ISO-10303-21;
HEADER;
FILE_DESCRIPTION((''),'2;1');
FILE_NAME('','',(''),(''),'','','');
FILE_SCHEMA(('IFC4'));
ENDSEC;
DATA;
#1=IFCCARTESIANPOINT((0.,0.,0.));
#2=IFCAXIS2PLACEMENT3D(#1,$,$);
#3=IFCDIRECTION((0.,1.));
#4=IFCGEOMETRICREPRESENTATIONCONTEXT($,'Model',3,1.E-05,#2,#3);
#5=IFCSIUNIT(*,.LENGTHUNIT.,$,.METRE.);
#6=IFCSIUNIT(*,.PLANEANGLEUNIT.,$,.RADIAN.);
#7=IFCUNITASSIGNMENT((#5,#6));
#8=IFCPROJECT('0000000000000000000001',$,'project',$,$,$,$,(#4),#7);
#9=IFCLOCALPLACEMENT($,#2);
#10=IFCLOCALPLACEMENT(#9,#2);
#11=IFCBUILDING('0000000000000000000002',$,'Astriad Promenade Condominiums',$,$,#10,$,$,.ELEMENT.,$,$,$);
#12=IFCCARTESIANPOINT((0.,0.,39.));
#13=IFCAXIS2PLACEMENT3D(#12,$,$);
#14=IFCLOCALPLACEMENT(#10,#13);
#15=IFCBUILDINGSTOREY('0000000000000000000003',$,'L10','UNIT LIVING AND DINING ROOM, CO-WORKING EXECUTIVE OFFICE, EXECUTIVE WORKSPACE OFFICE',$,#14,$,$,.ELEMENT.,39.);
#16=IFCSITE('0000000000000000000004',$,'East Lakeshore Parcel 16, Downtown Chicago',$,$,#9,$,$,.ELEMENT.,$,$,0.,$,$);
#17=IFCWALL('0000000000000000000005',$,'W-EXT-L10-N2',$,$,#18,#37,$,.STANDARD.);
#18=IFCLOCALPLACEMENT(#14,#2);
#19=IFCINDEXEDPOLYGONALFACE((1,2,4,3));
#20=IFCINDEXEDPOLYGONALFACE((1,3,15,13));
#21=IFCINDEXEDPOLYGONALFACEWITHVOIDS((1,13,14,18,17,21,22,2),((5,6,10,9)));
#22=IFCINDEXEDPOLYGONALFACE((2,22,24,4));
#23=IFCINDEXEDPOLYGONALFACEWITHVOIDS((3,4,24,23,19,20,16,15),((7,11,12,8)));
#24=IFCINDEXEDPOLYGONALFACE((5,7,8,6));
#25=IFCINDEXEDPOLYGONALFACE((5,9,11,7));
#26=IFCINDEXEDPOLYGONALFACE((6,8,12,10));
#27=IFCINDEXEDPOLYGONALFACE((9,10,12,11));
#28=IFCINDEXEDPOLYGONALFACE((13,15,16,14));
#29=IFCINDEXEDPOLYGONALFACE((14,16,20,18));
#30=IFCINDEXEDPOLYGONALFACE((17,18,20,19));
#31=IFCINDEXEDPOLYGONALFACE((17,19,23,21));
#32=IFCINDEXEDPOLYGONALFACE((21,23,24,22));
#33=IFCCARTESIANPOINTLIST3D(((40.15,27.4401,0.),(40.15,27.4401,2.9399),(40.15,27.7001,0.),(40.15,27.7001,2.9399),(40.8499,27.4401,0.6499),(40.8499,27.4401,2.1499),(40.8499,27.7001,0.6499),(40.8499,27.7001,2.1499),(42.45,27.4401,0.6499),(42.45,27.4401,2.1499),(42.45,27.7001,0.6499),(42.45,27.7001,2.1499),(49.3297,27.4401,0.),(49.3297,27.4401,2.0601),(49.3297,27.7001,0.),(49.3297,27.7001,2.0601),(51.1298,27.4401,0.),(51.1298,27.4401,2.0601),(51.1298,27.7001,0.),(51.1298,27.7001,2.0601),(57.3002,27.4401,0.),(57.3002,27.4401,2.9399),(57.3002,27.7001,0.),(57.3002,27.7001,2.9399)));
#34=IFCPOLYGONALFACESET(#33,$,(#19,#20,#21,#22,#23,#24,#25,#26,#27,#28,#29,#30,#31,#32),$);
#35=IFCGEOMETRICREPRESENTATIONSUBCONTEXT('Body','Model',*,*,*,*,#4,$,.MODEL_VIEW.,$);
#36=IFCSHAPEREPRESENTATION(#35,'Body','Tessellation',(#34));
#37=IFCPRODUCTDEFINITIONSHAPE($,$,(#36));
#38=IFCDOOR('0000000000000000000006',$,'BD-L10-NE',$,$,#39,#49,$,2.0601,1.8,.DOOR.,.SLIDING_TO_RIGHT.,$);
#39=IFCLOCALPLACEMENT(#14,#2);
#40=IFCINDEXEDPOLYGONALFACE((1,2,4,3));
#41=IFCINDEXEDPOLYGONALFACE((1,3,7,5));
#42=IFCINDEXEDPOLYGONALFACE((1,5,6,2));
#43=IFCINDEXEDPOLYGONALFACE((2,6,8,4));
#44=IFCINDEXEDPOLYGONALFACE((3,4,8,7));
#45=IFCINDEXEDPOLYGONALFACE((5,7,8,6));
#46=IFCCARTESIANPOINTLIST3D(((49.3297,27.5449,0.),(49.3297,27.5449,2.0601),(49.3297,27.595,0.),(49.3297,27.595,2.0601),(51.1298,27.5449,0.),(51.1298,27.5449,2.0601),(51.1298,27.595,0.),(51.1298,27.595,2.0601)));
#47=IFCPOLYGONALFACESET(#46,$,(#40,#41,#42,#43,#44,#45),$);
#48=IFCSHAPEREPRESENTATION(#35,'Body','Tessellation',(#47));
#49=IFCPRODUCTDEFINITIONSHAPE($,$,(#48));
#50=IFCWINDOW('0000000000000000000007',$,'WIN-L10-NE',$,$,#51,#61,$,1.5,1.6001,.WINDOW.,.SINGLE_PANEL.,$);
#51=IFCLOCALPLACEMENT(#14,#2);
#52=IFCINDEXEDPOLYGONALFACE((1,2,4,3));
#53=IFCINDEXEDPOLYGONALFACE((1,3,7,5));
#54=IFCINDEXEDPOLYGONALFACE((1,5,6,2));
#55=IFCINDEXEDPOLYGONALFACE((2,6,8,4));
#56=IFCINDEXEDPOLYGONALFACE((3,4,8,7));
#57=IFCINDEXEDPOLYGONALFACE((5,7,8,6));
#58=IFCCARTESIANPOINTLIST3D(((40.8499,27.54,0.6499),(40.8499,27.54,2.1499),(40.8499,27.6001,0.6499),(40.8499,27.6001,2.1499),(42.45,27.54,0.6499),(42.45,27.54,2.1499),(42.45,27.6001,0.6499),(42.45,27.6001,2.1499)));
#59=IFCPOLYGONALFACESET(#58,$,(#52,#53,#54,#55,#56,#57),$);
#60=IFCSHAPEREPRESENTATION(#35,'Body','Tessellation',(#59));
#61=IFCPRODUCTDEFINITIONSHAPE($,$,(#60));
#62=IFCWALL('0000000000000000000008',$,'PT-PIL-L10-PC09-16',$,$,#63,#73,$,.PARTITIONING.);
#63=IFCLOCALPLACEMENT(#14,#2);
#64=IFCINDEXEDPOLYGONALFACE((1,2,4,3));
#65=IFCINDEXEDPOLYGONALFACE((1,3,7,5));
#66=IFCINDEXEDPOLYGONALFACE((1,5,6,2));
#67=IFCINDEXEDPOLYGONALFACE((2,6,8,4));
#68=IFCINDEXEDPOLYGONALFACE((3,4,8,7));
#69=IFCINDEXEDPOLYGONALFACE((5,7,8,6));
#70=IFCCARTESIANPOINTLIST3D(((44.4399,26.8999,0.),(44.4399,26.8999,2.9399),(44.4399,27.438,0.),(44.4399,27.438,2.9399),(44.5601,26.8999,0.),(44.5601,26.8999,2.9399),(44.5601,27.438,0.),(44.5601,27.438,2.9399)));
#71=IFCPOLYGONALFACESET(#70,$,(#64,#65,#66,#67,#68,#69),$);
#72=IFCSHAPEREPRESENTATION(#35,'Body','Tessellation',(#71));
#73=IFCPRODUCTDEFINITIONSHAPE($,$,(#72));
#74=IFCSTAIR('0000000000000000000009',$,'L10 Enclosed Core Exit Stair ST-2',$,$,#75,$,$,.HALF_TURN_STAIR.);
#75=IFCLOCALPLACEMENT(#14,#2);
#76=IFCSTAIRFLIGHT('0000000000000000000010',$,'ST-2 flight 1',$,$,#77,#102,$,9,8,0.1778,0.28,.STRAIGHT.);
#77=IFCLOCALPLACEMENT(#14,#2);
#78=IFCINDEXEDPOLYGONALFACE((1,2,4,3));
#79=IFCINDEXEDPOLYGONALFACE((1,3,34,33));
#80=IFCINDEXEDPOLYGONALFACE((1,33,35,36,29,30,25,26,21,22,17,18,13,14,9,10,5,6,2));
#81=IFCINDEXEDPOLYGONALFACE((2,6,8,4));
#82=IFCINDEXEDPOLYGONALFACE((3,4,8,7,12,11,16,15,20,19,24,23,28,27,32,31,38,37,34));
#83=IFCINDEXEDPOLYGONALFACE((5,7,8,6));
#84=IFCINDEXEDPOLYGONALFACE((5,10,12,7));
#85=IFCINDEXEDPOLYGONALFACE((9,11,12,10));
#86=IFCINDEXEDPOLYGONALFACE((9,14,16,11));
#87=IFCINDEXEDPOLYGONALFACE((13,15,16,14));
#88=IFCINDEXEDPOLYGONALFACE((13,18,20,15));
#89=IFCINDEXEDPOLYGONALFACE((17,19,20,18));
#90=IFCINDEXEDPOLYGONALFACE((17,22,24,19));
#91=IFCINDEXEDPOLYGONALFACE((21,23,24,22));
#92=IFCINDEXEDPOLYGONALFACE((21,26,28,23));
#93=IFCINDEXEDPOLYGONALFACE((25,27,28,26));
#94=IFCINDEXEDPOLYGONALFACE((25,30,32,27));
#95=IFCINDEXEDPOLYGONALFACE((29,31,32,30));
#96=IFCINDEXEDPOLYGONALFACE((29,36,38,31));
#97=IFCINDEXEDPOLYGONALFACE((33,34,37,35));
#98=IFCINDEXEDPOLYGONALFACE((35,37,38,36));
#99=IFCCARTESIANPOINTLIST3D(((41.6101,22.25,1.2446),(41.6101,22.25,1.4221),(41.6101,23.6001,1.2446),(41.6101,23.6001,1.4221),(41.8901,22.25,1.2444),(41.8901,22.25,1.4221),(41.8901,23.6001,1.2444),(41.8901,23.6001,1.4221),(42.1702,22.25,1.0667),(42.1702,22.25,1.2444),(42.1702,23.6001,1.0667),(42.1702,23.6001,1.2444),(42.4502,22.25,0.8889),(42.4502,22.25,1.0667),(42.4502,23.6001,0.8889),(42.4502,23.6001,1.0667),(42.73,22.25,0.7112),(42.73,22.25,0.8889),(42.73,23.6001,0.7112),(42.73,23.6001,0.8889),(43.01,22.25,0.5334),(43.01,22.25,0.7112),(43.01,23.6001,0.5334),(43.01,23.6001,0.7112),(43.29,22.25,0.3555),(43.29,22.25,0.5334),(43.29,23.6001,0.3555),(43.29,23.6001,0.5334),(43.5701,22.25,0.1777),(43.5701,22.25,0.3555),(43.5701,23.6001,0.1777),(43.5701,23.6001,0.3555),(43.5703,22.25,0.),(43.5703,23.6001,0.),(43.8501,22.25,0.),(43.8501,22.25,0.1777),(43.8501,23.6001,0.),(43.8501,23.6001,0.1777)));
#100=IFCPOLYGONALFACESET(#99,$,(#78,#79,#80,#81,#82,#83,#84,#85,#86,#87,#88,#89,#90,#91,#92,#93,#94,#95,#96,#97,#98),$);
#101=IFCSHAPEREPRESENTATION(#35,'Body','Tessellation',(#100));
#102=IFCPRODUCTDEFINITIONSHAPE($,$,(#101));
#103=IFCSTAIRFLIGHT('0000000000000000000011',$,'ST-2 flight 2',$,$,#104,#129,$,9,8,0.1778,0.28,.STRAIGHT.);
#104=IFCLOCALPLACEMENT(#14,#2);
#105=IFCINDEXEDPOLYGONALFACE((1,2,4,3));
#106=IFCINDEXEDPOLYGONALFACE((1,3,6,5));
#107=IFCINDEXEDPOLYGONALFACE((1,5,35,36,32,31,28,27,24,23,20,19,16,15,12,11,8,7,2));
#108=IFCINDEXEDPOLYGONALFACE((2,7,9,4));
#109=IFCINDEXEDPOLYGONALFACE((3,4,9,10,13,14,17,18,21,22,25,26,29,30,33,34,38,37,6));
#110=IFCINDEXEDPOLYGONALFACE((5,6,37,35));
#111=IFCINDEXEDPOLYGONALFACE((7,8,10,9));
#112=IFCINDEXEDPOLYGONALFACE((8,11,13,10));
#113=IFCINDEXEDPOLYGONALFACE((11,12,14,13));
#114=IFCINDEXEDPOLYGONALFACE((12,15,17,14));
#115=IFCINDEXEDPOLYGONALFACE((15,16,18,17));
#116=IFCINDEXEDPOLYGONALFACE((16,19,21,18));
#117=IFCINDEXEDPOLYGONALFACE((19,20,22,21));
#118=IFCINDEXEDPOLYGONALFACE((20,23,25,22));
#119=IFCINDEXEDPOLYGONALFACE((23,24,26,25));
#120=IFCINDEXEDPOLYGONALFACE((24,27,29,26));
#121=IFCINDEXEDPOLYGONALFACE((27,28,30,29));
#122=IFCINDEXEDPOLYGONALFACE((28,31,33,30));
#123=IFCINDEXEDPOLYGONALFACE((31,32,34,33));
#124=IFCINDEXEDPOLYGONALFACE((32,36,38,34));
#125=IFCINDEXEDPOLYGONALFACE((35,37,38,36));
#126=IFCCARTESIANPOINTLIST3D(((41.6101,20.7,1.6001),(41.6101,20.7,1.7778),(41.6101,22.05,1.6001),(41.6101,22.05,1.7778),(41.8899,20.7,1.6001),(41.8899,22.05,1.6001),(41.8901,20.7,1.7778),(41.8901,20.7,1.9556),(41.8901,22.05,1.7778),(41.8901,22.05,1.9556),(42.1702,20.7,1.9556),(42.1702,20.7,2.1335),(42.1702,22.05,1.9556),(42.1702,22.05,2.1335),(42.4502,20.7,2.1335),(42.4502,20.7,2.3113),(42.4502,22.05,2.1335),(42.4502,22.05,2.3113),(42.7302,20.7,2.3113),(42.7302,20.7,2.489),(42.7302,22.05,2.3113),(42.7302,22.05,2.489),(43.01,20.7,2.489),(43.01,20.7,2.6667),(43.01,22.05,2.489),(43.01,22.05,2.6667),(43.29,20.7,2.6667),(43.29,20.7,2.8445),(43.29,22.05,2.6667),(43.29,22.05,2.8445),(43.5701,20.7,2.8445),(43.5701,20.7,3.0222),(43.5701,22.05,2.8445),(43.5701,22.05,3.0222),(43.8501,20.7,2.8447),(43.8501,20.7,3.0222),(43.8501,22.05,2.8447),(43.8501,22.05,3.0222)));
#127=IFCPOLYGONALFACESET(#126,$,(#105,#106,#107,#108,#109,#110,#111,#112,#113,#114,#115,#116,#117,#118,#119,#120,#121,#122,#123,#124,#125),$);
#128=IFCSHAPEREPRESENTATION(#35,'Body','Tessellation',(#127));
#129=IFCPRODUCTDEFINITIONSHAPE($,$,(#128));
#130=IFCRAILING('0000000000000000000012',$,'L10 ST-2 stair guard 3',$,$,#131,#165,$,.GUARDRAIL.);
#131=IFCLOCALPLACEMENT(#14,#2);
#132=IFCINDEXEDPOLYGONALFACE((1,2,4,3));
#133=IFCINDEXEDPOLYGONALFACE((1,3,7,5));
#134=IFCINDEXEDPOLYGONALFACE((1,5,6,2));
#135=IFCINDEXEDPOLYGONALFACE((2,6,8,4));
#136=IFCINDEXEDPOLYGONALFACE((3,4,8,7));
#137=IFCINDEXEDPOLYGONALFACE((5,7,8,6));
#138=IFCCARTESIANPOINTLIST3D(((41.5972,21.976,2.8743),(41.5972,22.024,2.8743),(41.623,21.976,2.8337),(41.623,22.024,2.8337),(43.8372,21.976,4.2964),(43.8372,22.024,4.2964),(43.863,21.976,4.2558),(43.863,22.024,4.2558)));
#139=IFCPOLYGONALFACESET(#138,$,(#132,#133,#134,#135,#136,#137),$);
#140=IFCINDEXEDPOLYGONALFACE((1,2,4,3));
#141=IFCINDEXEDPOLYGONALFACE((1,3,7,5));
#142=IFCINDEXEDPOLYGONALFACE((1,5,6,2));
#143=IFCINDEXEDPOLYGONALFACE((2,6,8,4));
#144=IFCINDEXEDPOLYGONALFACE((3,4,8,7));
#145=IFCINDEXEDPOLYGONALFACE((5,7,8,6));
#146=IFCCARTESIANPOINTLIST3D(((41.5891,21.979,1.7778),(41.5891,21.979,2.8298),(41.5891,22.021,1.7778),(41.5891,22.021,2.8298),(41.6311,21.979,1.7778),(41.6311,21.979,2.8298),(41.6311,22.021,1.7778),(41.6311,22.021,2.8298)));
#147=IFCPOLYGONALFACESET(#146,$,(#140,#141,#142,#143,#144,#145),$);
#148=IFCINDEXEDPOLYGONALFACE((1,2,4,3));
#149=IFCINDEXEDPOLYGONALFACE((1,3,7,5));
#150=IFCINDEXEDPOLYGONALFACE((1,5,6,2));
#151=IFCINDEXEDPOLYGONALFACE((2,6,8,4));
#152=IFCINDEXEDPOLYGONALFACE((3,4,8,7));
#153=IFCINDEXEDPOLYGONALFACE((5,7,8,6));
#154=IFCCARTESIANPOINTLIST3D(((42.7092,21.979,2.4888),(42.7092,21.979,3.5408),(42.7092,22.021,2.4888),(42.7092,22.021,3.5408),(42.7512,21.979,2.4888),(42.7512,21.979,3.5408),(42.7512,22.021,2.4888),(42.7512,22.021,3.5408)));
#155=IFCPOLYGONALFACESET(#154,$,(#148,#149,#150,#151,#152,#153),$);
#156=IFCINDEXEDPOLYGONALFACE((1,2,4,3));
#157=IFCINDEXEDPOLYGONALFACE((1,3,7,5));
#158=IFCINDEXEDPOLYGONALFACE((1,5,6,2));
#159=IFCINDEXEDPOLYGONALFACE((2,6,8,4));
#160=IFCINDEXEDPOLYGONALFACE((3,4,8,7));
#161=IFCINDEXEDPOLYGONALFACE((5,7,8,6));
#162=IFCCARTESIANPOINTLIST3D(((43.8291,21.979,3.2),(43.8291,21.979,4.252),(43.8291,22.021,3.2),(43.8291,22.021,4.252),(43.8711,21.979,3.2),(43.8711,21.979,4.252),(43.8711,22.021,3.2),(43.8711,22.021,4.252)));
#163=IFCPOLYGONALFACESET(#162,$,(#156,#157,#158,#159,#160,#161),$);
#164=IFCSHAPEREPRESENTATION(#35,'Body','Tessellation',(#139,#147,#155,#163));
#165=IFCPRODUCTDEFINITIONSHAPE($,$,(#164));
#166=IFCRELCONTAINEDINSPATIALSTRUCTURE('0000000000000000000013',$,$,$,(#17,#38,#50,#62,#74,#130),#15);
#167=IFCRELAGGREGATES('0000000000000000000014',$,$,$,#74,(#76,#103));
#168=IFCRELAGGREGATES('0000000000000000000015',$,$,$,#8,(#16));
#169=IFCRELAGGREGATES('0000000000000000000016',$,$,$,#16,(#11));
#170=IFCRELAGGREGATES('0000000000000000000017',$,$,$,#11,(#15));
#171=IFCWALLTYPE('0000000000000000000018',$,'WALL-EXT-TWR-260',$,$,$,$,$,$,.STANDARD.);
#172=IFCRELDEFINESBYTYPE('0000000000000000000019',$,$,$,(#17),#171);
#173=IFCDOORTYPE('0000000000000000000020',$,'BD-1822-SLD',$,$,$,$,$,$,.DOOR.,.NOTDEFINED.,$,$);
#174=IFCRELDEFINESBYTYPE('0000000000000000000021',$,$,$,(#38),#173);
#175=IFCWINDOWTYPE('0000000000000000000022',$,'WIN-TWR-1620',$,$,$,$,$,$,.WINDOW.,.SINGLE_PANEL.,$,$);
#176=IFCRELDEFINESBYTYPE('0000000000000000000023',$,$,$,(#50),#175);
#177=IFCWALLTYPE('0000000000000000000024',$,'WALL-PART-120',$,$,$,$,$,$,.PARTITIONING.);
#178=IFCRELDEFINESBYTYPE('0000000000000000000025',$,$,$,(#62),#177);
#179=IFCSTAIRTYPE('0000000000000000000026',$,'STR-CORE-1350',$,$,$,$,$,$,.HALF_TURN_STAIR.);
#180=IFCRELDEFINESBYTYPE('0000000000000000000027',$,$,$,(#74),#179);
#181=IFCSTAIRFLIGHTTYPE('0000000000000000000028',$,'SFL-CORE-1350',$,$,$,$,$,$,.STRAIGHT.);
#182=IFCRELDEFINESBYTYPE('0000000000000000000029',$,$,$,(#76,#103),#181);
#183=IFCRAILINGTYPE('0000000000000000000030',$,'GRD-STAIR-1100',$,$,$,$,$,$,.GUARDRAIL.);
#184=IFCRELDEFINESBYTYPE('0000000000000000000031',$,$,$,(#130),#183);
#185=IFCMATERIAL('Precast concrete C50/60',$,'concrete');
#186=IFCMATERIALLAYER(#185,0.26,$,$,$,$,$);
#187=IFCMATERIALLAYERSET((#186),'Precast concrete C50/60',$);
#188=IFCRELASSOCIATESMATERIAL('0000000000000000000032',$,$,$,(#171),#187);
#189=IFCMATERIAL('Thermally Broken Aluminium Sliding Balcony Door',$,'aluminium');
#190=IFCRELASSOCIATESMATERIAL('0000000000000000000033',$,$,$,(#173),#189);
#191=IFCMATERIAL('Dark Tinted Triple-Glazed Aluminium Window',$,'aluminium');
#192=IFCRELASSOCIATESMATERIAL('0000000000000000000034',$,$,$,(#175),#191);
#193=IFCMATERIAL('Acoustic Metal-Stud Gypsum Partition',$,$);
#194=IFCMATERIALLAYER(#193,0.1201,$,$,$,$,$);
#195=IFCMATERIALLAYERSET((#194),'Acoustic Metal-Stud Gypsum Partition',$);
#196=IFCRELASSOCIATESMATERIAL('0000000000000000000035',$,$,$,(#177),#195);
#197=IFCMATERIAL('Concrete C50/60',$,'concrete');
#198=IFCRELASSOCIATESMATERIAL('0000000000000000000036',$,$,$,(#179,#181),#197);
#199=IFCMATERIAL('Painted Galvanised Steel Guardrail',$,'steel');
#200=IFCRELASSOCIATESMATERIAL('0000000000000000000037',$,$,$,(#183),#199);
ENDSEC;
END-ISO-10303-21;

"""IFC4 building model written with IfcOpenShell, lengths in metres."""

from ifc_helpers import new_model, si_unit, direction, frame, frame_2d, origin, origin_2d, place, context, subcontext, project, spatial, polyline, rectangle, outline, extrude, source, transform, mapped, material, layer, layer_set, type_object, type_shapes, element, fill, aggregate, save


model = new_model("IFC4")

# Units and contexts
model_context = context("Model", 3, precision=1e-05, world=origin(), true_north=direction((0.0, 1.0)))
body_context = subcontext(model_context, "Body", "Model", "MODEL_VIEW")
ifc_project = project(units=[si_unit("LENGTHUNIT", "METRE"), si_unit("PLANEANGLEUNIT", "RADIAN")], contexts=[model_context])

# Site, building, storey
site_placement = place(None, origin())
site = spatial("IfcSite", under=ifc_project, at=site_placement, Name="East Lakeshore Parcel 16, Downtown Chicago", CompositionType="ELEMENT", RefElevation=0.0)
building_placement = place(site_placement, origin())
building = spatial("IfcBuilding", under=site, at=building_placement, Name="Astriad Promenade Condominiums", CompositionType="ELEMENT")
storey_placement = place(building_placement, frame((0.0, 0.0, 39.0)))
storey = spatial("IfcBuildingStorey", under=building, at=storey_placement, Name="L10", Description="UNIT LIVING AND DINING ROOM, CO-WORKING EXECUTIVE OFFICE, EXECUTIVE WORKSPACE OFFICE", CompositionType="ELEMENT", Elevation=39.0)

# Shared definitions
ifc_material_1 = material(Name="Concrete C50/60", Category="concrete")

# Wall, openings, door, window
ifc_material_2 = material(Name="Precast concrete C50/60", Category="concrete")
ifc_layer_1 = layer(ifc_material_2, 0.26)
ifc_layer_set_1 = layer_set([ifc_layer_1], Name="Precast concrete C50/60")
wall_type_1 = type_object("IfcWallType", Name="WALL-EXT-TWR-260", PredefinedType="STANDARD", material=ifc_layer_set_1)
wall_1_placement = place(storey_placement, frame((40.1499, 27.5701, 0.0), z_axis=(0.0, 0.0, 1.0), x_axis=(1.0, 0.0, 0.0)))
wall_1 = element("IfcWall", 1, at=wall_1_placement, inside=storey, type_object=wall_type_1, Name="W-EXT-L10-N2", PredefinedType="STANDARD", context=body_context, shape_type="SweptSolid", body=[
    extrude(rectangle(XDim=17.1501, YDim=0.26, at=frame_2d((8.5752, 0.0))), origin(), (0.0, 0.0, 1.0), 2.9399),
])
opening_1_placement = place(wall_1_placement, frame((9.1799, 0.0, 0.0)))
opening_1 = element("IfcOpeningElement", 2, at=opening_1_placement, cuts=wall_1, PredefinedType="OPENING", context=body_context, shape_type="SweptSolid", body=[
    extrude(rectangle(XDim=1.8, YDim=2.0601, at=frame_2d((0.8999, 1.03))), frame((0.0, 0.1399, 0.0), z_axis=(0.0, -1.0, 0.0), x_axis=(1.0, 0.0, 0.0)), (0.0, 0.0, 1.0), 0.28),
])
opening_2_placement = place(wall_1_placement, frame((0.7, 0.0, 0.6499)))
opening_2 = element("IfcOpeningElement", 3, at=opening_2_placement, cuts=wall_1, PredefinedType="OPENING", context=body_context, shape_type="SweptSolid", body=[
    extrude(rectangle(XDim=1.6001, YDim=1.5, at=frame_2d((0.8, 0.75))), frame((0.0, 0.1399, 0.0), z_axis=(0.0, -1.0, 0.0), x_axis=(1.0, 0.0, 0.0)), (0.0, 0.0, 1.0), 0.28),
])
ifc_material_3 = material(Name="Thermally Broken Aluminium Sliding Balcony Door", Category="aluminium")
door_type_1 = type_object("IfcDoorType", Name="BD-1822-SLD", OperationType="NOTDEFINED", PredefinedType="DOOR", material=ifc_material_3)
shared_shape_1 = source(origin(), body_context, "Body", "SweptSolid", [
    extrude(rectangle(XDim=1.8, YDim=2.0601, at=frame_2d((0.8999, 1.03))), frame((0.0, 0.0249, 0.0), z_axis=(0.0, -1.0, 0.0), x_axis=(1.0, 0.0, 0.0)), (0.0, 0.0, 1.0), 0.05),
])
type_shapes(door_type_1, [shared_shape_1])
door_1_placement = place(opening_1_placement, origin())
door_1 = element("IfcDoor", 4, at=door_1_placement, inside=storey, type_object=door_type_1, Name="BD-L10-NE", OperationType="SLIDING_TO_RIGHT", OverallHeight=2.0601, OverallWidth=1.8, PredefinedType="DOOR", context=body_context, shape_type="MappedRepresentation", body=[
    mapped(shared_shape_1, transform((0.0, 0.0, 0.0), scale=1.0)),
])
fill(opening_1, door_1)
ifc_material_4 = material(Name="Dark Tinted Triple-Glazed Aluminium Window", Category="aluminium")
window_type = type_object("IfcWindowType", Name="WIN-TWR-1620", PartitioningType="SINGLE_PANEL", PredefinedType="WINDOW", material=ifc_material_4)
shared_shape_2 = source(origin(), body_context, "Body", "SweptSolid", [
    extrude(rectangle(XDim=1.6001, YDim=1.5, at=frame_2d((0.8, 0.75))), frame((0.0, 0.03, 0.0), z_axis=(0.0, -1.0, 0.0), x_axis=(1.0, 0.0, 0.0)), (0.0, 0.0, 1.0), 0.0601),
])
type_shapes(window_type, [shared_shape_2])
window_placement = place(opening_2_placement, origin())
window = element("IfcWindow", 5, at=window_placement, inside=storey, type_object=window_type, Name="WIN-L10-NE", OverallHeight=1.5, OverallWidth=1.6001, PartitioningType="SINGLE_PANEL", PredefinedType="WINDOW", context=body_context, shape_type="MappedRepresentation", body=[
    mapped(shared_shape_2, transform((0.0, 0.0, 0.0), scale=1.0)),
])
fill(opening_2, window)

# Wall
ifc_material_5 = material(Name="Acoustic Metal-Stud Gypsum Partition")
ifc_layer_2 = layer(ifc_material_5, 0.1201)
ifc_layer_set_2 = layer_set([ifc_layer_2], Name="Acoustic Metal-Stud Gypsum Partition")
wall_type_2 = type_object("IfcWallType", Name="WALL-PART-120", PredefinedType="PARTITIONING", material=ifc_layer_set_2)
wall_2_placement = place(storey_placement, frame((44.5, 26.8999, 0.0), z_axis=(0.0, 0.0, 1.0), x_axis=(0.0, 1.0, 0.0)))
element("IfcWall", 6, at=wall_2_placement, inside=storey, type_object=wall_type_2, Name="PT-PIL-L10-PC09-16", PredefinedType="PARTITIONING", context=body_context, shape_type="SweptSolid", body=[
    extrude(rectangle(XDim=0.5381, YDim=0.1201, at=frame_2d((0.269, 0.0))), origin(), (0.0, 0.0, 1.0), 2.9399),
])

# Stair, stair flights
stair_type = type_object("IfcStairType", Name="STR-CORE-1350", PredefinedType="HALF_TURN_STAIR", material=ifc_material_1)
stair_placement = place(storey_placement, origin())
stair = element("IfcStair", 7, at=stair_placement, inside=storey, type_object=stair_type, Name="L10 Enclosed Core Exit Stair ST-2", PredefinedType="HALF_TURN_STAIR")
stair_flight_type = type_object("IfcStairFlightType", Name="SFL-CORE-1350", PredefinedType="STRAIGHT", material=ifc_material_1)
shared_shape_3 = source(origin(), body_context, "Body", "SweptSolid", [
    extrude(outline(polyline([(0.0, 0.0), (0.0, 0.1777), (0.28, 0.1777), (0.28, 0.3555), (0.5601, 0.3555), (0.5601, 0.5334), (0.8401, 0.5334), (0.8401, 0.7112), (1.1201, 0.7112), (1.1201, 0.8889), (1.3999, 0.8889), (1.3999, 1.0667), (1.6799, 1.0667), (1.6799, 1.2444), (1.96, 1.2444), (1.96, 1.4221), (2.24, 1.4221), (2.24, 1.6001), (2.24, 1.2446), (0.2798, 0.0), (0.0, 0.0)])), frame((0.0, 0.675, 0.0), z_axis=(0.0, -1.0, 0.0), x_axis=(1.0, 0.0, 0.0)), (0.0, 0.0, 1.0), 1.3501),
])
type_shapes(stair_flight_type, [shared_shape_3])
stair_flight_1_placement = place(storey_placement, frame((43.8501, 22.925, 0.0), z_axis=(0.0, 0.0, 1.0), x_axis=(-1.0, 0.0, 0.0)))
stair_flight_1 = element("IfcStairFlight", 8, at=stair_flight_1_placement, type_object=stair_flight_type, Name="ST-2 flight 1", NumberOfRisers=9, NumberOfTreads=8, PredefinedType="STRAIGHT", RiserHeight=0.1778, TreadLength=0.28, context=body_context, shape_type="MappedRepresentation", body=[
    mapped(shared_shape_3, transform((0.0, 0.0, 0.0), scale=1.0)),
])
stair_flight_2_placement = place(storey_placement, frame((41.6101, 21.375, 1.6001), z_axis=(0.0, 0.0, 1.0), x_axis=(1.0, 0.0, 0.0)))
stair_flight_2 = element("IfcStairFlight", 9, at=stair_flight_2_placement, type_object=stair_flight_type, Name="ST-2 flight 2", NumberOfRisers=9, NumberOfTreads=8, PredefinedType="STRAIGHT", RiserHeight=0.1778, TreadLength=0.28, context=body_context, shape_type="MappedRepresentation", body=[
    mapped(shared_shape_3, transform((0.0, 0.0, 0.0), scale=1.0)),
])
aggregate(stair, [stair_flight_1, stair_flight_2])

# Railing
ifc_material_6 = material(Name="Painted Galvanised Steel Guardrail", Category="steel")
railing_type_1 = type_object("IfcRailingType", Name="GRD-STAIR-1100", PredefinedType="GUARDRAIL", material=ifc_material_6)
shared_shape_4 = source(origin(), body_context, "Body", "SweptSolid", [
    extrude(rectangle(XDim=0.0481, YDim=0.0481, at=origin_2d()), frame((0.0, 0.0, 1.0762), z_axis=(0.844229, 0.0, 0.535982), x_axis=(0.0, 1.0, 0.0)), (0.0, 0.0, 1.0), 2.6533),
    extrude(rectangle(XDim=0.042, YDim=0.042, at=origin_2d()), origin(), (0.0, 0.0, 1.0), 1.052),
    extrude(rectangle(XDim=0.042, YDim=0.042, at=origin_2d()), frame((1.1201, 0.0, 0.7109)), (0.0, 0.0, 1.0), 1.052),
    extrude(rectangle(XDim=0.042, YDim=0.042, at=origin_2d()), frame((2.24, 0.0, 1.4221)), (0.0, 0.0, 1.0), 1.052),
])
railing_1_placement = place(storey_placement, frame((41.6101, 22.0, 1.7778)))
element("IfcRailing", 10, at=railing_1_placement, inside=storey, type_object=railing_type_1, Name="L10 ST-2 stair guard 3", PredefinedType="GUARDRAIL", context=body_context, shape_type="MappedRepresentation", body=[
    mapped(shared_shape_4, transform((0.0, 0.0, 0.0), scale=1.0)),
])

save(model, "model.ifc")
